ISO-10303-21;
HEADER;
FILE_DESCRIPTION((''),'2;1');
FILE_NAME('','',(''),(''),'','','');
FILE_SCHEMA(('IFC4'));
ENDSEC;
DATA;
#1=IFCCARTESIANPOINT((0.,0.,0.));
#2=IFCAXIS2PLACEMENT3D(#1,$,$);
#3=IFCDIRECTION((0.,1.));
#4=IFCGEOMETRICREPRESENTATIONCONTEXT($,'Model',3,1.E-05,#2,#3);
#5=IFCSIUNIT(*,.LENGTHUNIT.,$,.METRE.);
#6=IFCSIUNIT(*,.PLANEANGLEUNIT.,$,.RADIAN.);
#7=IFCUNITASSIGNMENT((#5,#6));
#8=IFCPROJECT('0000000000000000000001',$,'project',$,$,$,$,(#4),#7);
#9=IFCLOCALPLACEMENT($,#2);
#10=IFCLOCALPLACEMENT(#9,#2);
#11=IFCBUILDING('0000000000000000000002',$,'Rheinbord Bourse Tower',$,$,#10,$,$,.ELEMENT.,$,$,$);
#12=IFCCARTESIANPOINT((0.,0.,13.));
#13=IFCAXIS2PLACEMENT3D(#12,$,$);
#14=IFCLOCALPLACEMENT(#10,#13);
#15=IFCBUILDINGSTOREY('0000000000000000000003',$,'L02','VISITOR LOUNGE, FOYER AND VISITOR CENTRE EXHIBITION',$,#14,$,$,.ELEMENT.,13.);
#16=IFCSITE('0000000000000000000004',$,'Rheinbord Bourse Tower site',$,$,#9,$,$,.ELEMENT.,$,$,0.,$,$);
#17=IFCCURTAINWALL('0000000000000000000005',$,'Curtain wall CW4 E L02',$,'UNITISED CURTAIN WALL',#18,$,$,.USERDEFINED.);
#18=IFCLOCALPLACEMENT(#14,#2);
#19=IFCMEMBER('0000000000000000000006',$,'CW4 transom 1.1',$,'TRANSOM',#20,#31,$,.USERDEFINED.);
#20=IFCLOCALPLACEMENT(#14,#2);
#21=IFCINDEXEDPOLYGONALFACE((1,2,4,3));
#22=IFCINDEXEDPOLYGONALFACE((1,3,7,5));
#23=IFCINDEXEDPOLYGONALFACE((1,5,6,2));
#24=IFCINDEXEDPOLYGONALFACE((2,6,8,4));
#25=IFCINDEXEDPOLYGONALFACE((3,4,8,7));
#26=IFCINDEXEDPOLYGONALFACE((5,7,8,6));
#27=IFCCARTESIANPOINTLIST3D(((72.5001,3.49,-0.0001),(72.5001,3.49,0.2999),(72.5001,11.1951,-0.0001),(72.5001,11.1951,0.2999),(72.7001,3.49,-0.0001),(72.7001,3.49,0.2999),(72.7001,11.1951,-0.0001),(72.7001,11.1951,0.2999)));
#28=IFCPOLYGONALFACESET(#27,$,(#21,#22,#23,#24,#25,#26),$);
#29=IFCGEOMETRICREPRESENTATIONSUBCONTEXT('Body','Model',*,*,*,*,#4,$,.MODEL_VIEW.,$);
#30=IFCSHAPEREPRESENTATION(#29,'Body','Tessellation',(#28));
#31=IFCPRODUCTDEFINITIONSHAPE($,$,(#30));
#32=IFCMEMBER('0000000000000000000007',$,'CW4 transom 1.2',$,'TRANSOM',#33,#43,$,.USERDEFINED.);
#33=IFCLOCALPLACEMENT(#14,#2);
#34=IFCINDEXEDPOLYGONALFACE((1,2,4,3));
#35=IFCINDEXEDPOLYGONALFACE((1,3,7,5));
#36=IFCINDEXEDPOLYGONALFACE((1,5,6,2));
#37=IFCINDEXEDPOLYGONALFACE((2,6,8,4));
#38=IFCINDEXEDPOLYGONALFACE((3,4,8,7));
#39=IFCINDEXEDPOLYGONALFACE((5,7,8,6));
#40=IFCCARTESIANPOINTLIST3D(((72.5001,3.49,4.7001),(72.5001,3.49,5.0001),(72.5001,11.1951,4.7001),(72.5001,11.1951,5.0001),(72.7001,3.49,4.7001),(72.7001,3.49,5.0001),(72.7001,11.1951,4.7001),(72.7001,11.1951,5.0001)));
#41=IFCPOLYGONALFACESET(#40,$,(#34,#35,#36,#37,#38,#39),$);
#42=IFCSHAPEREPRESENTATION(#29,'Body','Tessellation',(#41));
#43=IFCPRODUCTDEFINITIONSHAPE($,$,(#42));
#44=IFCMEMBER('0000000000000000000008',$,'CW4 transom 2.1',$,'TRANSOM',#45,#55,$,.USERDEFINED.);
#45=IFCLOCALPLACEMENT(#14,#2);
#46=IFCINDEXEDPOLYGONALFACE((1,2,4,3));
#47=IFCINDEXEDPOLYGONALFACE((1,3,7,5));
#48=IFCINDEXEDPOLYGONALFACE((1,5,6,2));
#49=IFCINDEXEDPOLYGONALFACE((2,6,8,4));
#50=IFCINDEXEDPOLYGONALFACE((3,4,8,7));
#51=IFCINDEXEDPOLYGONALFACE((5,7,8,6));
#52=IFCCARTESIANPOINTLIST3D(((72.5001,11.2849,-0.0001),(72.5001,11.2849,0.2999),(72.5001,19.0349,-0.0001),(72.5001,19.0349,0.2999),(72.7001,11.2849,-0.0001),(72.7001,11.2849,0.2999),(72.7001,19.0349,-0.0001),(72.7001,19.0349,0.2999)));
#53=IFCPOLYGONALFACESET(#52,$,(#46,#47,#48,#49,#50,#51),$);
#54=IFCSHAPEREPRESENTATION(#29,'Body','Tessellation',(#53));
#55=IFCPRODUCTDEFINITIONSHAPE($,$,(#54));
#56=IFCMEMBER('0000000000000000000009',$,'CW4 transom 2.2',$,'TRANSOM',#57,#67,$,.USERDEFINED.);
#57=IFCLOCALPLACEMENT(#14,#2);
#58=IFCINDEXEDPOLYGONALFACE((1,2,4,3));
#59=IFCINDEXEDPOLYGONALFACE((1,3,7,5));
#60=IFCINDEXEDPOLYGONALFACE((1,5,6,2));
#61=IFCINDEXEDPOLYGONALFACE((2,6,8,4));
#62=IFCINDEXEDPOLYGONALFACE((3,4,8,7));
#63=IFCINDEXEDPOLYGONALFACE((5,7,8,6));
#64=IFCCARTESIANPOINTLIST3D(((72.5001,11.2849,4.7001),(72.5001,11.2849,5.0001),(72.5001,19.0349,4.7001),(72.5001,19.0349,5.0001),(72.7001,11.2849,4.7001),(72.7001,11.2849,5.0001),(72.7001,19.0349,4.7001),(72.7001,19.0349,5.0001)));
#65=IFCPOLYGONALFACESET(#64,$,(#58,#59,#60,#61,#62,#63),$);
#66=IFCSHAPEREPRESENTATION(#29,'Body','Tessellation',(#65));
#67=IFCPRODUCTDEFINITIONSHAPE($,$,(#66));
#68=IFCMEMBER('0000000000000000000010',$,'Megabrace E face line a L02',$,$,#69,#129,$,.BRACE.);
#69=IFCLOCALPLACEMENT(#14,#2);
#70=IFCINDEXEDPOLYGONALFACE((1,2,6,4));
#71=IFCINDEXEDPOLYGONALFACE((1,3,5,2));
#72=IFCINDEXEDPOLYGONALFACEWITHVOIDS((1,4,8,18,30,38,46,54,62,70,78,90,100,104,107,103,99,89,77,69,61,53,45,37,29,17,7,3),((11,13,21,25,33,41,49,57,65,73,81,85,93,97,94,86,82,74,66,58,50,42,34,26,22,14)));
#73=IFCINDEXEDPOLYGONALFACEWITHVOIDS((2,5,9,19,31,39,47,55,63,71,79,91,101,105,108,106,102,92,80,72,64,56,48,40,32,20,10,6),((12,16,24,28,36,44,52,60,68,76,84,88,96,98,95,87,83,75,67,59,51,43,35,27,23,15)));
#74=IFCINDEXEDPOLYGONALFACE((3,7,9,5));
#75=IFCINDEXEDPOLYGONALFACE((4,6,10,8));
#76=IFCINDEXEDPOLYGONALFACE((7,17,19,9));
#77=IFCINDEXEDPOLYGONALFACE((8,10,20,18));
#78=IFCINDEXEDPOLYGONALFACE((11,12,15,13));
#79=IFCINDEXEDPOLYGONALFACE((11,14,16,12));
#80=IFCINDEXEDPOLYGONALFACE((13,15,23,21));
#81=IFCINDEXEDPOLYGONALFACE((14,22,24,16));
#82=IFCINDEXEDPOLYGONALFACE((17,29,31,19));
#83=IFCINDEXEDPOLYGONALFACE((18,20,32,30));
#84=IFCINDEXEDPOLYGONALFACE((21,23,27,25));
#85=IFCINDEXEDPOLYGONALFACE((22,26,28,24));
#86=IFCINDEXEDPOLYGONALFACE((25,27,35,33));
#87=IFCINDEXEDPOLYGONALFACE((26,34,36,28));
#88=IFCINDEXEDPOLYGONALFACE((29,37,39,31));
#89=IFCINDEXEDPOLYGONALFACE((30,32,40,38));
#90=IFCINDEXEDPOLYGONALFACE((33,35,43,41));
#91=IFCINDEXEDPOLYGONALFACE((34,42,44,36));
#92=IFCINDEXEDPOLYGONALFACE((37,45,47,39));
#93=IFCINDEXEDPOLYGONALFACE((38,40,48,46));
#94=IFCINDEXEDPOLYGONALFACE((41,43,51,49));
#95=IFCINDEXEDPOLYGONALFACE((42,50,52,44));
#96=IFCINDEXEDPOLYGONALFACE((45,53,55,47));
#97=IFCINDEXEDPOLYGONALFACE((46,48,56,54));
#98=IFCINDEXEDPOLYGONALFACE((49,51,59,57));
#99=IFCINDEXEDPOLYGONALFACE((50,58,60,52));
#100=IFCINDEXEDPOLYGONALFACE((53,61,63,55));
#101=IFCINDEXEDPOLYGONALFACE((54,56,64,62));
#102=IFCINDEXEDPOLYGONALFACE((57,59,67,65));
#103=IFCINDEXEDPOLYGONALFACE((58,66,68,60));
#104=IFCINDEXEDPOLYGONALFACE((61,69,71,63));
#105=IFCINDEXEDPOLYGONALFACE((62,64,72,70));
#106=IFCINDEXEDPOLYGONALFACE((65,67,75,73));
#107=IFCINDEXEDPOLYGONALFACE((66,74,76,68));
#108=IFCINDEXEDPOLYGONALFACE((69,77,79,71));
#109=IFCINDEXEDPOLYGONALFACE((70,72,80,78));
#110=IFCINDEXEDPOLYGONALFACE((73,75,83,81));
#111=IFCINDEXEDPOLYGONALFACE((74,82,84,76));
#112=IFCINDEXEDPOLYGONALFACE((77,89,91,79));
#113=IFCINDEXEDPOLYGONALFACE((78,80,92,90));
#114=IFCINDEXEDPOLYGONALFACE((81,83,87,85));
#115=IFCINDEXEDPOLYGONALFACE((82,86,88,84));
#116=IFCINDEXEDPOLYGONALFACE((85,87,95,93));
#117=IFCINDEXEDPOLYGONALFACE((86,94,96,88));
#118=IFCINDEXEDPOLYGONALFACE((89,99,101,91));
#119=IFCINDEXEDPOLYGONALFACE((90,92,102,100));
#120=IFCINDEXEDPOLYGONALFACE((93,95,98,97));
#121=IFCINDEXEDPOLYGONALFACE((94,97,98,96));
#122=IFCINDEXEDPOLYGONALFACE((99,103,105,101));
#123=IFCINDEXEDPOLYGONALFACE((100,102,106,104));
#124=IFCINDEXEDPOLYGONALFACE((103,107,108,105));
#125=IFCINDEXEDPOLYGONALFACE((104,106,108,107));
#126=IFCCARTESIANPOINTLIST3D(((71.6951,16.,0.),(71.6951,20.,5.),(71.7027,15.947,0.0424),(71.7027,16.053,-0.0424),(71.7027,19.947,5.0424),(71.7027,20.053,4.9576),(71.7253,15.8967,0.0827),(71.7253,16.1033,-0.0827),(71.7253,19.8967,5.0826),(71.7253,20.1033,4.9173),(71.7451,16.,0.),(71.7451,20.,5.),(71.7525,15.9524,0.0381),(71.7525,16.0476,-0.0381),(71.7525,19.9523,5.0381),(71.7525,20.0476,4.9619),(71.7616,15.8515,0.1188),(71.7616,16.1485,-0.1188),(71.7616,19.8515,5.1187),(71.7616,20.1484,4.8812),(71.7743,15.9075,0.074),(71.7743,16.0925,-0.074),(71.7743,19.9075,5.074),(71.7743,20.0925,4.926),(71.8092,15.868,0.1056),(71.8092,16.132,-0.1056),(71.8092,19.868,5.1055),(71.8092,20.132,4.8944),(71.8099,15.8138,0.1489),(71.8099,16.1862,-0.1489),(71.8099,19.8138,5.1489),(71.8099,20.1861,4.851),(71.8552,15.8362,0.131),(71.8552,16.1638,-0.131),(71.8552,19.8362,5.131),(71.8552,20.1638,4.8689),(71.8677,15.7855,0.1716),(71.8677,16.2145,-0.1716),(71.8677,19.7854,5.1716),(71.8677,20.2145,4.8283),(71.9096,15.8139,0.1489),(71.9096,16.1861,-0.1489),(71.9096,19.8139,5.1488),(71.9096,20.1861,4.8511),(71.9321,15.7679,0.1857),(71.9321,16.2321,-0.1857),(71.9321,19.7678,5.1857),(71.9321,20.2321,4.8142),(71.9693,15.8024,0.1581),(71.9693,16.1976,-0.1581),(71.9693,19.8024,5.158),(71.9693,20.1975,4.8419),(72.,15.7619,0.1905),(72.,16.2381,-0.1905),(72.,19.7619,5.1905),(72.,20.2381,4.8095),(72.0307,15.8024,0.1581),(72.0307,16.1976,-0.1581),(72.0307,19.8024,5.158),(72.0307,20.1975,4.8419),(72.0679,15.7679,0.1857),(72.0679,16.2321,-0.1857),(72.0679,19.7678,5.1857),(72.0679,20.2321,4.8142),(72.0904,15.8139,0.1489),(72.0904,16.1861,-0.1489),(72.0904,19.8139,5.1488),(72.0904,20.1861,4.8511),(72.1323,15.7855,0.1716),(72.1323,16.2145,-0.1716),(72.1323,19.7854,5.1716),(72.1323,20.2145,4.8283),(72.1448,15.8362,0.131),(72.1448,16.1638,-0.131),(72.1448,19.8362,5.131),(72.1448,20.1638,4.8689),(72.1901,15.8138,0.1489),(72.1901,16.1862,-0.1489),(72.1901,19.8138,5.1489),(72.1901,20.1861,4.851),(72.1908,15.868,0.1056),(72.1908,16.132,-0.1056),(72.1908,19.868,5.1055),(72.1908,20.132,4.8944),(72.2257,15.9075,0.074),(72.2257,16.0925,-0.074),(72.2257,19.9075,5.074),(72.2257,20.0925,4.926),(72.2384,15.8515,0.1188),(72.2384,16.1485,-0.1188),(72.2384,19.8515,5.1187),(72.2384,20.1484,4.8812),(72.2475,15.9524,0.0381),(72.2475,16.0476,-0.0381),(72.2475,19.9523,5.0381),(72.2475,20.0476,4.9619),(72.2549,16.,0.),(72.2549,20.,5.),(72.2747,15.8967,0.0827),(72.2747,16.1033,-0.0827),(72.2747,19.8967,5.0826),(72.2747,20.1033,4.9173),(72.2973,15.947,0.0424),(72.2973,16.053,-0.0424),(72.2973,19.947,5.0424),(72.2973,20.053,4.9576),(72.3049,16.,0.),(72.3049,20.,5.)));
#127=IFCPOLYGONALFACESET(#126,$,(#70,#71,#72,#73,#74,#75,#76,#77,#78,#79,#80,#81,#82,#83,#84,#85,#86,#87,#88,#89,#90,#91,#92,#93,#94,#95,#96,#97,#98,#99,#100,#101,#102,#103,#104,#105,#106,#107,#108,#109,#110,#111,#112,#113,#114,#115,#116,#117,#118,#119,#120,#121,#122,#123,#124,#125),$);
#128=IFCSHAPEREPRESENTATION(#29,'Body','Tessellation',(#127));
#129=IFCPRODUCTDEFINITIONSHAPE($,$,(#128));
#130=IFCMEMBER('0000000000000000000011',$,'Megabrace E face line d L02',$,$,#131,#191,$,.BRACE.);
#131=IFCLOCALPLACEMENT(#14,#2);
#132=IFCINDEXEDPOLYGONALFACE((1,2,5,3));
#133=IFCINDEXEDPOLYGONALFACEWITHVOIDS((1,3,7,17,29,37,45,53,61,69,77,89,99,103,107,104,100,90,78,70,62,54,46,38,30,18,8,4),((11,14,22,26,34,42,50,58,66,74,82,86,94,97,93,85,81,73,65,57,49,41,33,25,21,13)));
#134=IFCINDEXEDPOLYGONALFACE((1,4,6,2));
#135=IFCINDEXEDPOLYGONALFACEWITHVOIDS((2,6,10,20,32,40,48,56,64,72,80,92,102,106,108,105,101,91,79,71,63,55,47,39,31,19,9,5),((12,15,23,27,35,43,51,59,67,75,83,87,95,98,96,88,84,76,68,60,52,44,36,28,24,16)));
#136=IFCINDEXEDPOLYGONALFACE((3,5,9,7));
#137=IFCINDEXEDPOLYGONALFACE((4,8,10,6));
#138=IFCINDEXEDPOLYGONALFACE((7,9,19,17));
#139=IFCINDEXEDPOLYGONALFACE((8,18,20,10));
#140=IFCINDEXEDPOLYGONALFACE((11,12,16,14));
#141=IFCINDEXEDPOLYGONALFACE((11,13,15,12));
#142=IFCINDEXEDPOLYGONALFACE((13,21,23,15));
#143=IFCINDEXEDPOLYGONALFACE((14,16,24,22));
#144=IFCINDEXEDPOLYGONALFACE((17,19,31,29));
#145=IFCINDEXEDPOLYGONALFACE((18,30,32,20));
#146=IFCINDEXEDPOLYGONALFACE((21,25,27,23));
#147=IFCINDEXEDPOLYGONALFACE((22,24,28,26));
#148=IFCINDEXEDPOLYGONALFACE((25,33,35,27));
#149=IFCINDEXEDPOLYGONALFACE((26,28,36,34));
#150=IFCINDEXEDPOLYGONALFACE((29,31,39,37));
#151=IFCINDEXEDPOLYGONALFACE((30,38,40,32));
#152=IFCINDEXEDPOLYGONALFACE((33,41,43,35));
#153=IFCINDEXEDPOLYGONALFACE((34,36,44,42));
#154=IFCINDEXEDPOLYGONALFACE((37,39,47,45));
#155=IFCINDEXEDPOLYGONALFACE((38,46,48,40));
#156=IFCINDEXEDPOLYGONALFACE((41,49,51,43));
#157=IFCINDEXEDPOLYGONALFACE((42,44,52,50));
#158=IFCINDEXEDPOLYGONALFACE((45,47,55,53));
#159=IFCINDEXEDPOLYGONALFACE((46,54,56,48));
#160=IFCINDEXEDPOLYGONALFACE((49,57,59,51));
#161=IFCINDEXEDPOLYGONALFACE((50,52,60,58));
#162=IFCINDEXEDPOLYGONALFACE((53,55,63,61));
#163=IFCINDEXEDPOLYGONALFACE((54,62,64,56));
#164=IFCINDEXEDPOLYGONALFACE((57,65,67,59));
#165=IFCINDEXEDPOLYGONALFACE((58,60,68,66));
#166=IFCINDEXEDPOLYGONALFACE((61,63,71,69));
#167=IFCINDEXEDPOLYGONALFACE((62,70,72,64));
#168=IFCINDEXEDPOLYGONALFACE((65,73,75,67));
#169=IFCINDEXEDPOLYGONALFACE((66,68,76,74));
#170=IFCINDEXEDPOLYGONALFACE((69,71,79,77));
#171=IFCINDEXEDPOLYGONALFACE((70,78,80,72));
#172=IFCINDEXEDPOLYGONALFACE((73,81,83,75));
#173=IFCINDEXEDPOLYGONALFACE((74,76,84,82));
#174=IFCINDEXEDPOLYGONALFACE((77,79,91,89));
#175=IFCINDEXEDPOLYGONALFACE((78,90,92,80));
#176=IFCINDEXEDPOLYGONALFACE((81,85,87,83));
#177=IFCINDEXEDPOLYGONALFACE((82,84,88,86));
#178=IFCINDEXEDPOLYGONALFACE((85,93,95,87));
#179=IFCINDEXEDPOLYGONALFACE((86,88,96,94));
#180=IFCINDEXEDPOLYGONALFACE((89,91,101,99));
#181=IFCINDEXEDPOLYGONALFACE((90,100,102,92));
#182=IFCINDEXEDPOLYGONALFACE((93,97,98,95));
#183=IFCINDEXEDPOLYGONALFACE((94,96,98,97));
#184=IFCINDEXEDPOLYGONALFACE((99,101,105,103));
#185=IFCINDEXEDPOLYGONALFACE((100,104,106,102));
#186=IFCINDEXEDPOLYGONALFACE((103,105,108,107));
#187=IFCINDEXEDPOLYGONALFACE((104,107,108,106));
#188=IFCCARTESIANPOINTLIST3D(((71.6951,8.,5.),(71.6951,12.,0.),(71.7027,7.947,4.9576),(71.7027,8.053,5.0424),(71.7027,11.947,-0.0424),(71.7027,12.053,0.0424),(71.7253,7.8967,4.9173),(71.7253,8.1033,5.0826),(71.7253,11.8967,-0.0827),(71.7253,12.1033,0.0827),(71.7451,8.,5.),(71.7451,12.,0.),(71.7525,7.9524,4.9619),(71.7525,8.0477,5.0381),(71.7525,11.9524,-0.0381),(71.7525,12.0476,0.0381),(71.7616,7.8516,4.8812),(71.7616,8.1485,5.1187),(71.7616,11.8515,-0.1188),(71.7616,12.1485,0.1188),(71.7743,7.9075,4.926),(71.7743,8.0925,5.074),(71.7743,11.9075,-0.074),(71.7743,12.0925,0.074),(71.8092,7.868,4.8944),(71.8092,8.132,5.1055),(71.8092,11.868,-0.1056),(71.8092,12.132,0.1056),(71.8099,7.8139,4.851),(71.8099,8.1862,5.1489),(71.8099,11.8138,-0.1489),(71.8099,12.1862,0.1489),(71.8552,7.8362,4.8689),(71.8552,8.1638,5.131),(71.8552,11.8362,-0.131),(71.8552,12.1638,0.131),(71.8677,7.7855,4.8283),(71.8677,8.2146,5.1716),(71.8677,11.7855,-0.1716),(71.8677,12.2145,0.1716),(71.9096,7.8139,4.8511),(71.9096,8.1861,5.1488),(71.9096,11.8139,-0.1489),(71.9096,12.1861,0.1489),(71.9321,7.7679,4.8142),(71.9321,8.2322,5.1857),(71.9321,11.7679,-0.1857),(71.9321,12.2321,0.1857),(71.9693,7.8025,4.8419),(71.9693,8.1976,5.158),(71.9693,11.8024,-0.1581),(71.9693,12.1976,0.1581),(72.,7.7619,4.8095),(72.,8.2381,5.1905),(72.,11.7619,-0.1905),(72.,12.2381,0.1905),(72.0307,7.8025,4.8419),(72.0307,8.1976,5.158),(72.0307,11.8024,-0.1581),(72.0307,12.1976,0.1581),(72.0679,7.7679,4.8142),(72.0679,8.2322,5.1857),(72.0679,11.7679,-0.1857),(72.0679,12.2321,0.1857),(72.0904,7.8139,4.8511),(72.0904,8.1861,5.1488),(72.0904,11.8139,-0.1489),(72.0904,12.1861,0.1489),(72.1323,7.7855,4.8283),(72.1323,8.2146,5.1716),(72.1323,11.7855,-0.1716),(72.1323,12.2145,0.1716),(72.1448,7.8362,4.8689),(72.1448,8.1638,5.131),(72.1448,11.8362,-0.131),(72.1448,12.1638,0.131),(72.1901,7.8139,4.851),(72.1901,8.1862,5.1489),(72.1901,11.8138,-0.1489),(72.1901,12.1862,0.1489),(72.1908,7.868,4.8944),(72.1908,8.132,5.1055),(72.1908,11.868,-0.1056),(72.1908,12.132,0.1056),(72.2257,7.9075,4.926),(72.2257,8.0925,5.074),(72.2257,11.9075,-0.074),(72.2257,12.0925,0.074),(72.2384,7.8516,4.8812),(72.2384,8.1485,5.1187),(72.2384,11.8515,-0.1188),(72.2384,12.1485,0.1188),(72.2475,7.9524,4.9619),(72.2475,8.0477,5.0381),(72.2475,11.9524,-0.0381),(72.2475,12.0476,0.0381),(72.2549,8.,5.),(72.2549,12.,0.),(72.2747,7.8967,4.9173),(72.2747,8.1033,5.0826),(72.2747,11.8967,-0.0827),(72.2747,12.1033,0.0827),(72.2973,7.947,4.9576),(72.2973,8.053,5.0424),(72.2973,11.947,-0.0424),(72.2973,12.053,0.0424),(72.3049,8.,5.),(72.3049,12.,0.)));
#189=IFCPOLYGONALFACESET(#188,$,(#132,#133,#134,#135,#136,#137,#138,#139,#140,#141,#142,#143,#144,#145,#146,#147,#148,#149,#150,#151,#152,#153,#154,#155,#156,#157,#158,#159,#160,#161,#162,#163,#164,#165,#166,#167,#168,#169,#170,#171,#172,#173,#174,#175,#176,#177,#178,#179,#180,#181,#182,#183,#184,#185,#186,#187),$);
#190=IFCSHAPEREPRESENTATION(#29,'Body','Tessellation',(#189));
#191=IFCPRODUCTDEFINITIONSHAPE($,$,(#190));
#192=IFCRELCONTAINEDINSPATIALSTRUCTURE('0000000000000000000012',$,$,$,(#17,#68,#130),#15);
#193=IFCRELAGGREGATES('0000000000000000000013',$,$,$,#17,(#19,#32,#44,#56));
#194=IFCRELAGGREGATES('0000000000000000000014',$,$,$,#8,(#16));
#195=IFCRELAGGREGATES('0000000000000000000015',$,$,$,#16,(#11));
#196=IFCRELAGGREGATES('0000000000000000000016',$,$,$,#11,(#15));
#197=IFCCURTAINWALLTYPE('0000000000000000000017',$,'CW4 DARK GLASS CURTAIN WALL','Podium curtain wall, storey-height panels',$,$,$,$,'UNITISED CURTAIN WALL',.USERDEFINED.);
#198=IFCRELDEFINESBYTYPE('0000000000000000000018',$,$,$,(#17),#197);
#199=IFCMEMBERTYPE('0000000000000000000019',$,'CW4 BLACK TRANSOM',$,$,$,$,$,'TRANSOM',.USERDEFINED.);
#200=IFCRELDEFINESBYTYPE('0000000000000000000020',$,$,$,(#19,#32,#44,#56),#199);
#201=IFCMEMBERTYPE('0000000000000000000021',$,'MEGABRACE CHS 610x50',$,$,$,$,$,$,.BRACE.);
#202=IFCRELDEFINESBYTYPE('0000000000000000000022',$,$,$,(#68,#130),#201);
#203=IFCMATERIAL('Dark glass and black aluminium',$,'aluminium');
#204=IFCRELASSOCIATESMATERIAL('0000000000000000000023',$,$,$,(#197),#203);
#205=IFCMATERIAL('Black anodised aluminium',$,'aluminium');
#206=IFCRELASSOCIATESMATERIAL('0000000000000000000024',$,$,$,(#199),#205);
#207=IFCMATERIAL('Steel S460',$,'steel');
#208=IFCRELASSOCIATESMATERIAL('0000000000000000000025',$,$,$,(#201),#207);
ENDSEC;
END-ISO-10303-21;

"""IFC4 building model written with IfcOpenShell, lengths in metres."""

from ifc_helpers import new_model, si_unit, direction, frame, origin, origin_2d, place, context, subcontext, project, spatial, rectangle, hollow_circle, extrude, material, material_profile, profile_set, type_object, element, aggregate, save


model = new_model("IFC4")

# Units and contexts
model_context = context("Model", 3, precision=1e-05, world=origin(), true_north=direction((0.0, 1.0)))
body_context = subcontext(model_context, "Body", "Model", "MODEL_VIEW")
ifc_project = project(units=[si_unit("LENGTHUNIT", "METRE"), si_unit("PLANEANGLEUNIT", "RADIAN")], contexts=[model_context])

# Site, building, storey
site_placement = place(None, origin())
site = spatial("IfcSite", under=ifc_project, at=site_placement, Name="Rheinbord Bourse Tower site", CompositionType="ELEMENT", RefElevation=0.0)
building_placement = place(site_placement, origin())
building = spatial("IfcBuilding", under=site, at=building_placement, Name="Rheinbord Bourse Tower", CompositionType="ELEMENT")
storey_placement = place(building_placement, frame((0.0, 0.0, 13.0)))
storey = spatial("IfcBuildingStorey", under=building, at=storey_placement, Name="L02", Description="VISITOR LOUNGE, FOYER AND VISITOR CENTRE EXHIBITION", CompositionType="ELEMENT", Elevation=13.0)

# Curtain wall
ifc_material_1 = material(Name="Dark glass and black aluminium", Category="aluminium")
curtain_wall_type = type_object("IfcCurtainWallType", Name="CW4 DARK GLASS CURTAIN WALL", Description="Podium curtain wall, storey-height panels", ElementType="UNITISED CURTAIN WALL", PredefinedType="USERDEFINED", material=ifc_material_1)
curtain_wall_1_placement = place(storey_placement, origin())
curtain_wall_1 = element("IfcCurtainWall", 1, at=curtain_wall_1_placement, inside=storey, type_object=curtain_wall_type, Name="Curtain wall CW4 E L02", ObjectType="UNITISED CURTAIN WALL", PredefinedType="USERDEFINED")

# Members
ifc_material_2 = material(Name="Black anodised aluminium", Category="aluminium")
ifc_material_profile_1 = material_profile(ifc_material_2, rectangle(XDim=0.2, YDim=0.3, at=origin_2d()), Name="CW4 TRANSOM 300x200")
ifc_profile_set_1 = profile_set([ifc_material_profile_1], Name="Black anodised aluminium")
member_type_1 = type_object("IfcMemberType", Name="CW4 BLACK TRANSOM", ElementType="TRANSOM", PredefinedType="USERDEFINED", material=ifc_profile_set_1)
member_1_placement = place(storey_placement, frame((72.6001, 3.49, 0.1499), z_axis=(0.0, 1.0, 0.0), x_axis=(-1.0, 0.0, 0.0)))
member_1 = element("IfcMember", 2, at=member_1_placement, type_object=member_type_1, Name="CW4 transom 1.1", ObjectType="TRANSOM", PredefinedType="USERDEFINED", context=body_context, shape_type="SweptSolid", body=[
    extrude(rectangle(XDim=0.2, YDim=0.3, at=origin_2d()), origin(), (0.0, 0.0, 1.0), 7.7051),
])
member_2_placement = place(storey_placement, frame((72.6001, 3.49, 4.8501), z_axis=(0.0, 1.0, 0.0), x_axis=(-1.0, 0.0, 0.0)))
member_2 = element("IfcMember", 3, at=member_2_placement, type_object=member_type_1, Name="CW4 transom 1.2", ObjectType="TRANSOM", PredefinedType="USERDEFINED", context=body_context, shape_type="SweptSolid", body=[
    extrude(rectangle(XDim=0.2, YDim=0.3, at=origin_2d()), origin(), (0.0, 0.0, 1.0), 7.7051),
])
member_3_placement = place(storey_placement, frame((72.6001, 11.2849, 0.1499), z_axis=(0.0, 1.0, 0.0), x_axis=(-1.0, 0.0, 0.0)))
member_3 = element("IfcMember", 4, at=member_3_placement, type_object=member_type_1, Name="CW4 transom 2.1", ObjectType="TRANSOM", PredefinedType="USERDEFINED", context=body_context, shape_type="SweptSolid", body=[
    extrude(rectangle(XDim=0.2, YDim=0.3, at=origin_2d()), origin(), (0.0, 0.0, 1.0), 7.75),
])
member_4_placement = place(storey_placement, frame((72.6001, 11.2849, 4.8501), z_axis=(0.0, 1.0, 0.0), x_axis=(-1.0, 0.0, 0.0)))
member_4 = element("IfcMember", 5, at=member_4_placement, type_object=member_type_1, Name="CW4 transom 2.2", ObjectType="TRANSOM", PredefinedType="USERDEFINED", context=body_context, shape_type="SweptSolid", body=[
    extrude(rectangle(XDim=0.2, YDim=0.3, at=origin_2d()), origin(), (0.0, 0.0, 1.0), 7.75),
])

# Members
ifc_material_3 = material(Name="Steel S460", Category="steel")
ifc_material_profile_2 = material_profile(ifc_material_3, hollow_circle(Radius=0.3049, WallThickness=0.05, at=origin_2d()), Name="CHS 610x50")
ifc_profile_set_2 = profile_set([ifc_material_profile_2], Name="Steel S460")
member_type_2 = type_object("IfcMemberType", Name="MEGABRACE CHS 610x50", PredefinedType="BRACE", material=ifc_profile_set_2)
for number, where, z_axis, x_axis, name in (
    (6, (72.0, 16.0, 0.0), (0.0, 0.624695, 0.780869), (-1.0, 0.0, 0.0), "Megabrace E face line a L02"),
    (7, (72.0, 12.0, 0.0), (0.0, -0.624695, 0.780869), (1.0, 0.0, 0.0), "Megabrace E face line d L02"),
):
    element("IfcMember", number, at=place(storey_placement, frame(where, z_axis=z_axis, x_axis=x_axis)), inside=storey, type_object=member_type_2, Name=name, PredefinedType="BRACE", context=body_context, shape_type="SweptSolid", body=[
        extrude(hollow_circle(Radius=0.3049, WallThickness=0.05, at=origin_2d()), origin(), (0.0, 0.0, 1.0), 6.4031),
    ])

aggregate(curtain_wall_1, [member_1, member_2, member_3, member_4])

save(model, "model.ifc")
